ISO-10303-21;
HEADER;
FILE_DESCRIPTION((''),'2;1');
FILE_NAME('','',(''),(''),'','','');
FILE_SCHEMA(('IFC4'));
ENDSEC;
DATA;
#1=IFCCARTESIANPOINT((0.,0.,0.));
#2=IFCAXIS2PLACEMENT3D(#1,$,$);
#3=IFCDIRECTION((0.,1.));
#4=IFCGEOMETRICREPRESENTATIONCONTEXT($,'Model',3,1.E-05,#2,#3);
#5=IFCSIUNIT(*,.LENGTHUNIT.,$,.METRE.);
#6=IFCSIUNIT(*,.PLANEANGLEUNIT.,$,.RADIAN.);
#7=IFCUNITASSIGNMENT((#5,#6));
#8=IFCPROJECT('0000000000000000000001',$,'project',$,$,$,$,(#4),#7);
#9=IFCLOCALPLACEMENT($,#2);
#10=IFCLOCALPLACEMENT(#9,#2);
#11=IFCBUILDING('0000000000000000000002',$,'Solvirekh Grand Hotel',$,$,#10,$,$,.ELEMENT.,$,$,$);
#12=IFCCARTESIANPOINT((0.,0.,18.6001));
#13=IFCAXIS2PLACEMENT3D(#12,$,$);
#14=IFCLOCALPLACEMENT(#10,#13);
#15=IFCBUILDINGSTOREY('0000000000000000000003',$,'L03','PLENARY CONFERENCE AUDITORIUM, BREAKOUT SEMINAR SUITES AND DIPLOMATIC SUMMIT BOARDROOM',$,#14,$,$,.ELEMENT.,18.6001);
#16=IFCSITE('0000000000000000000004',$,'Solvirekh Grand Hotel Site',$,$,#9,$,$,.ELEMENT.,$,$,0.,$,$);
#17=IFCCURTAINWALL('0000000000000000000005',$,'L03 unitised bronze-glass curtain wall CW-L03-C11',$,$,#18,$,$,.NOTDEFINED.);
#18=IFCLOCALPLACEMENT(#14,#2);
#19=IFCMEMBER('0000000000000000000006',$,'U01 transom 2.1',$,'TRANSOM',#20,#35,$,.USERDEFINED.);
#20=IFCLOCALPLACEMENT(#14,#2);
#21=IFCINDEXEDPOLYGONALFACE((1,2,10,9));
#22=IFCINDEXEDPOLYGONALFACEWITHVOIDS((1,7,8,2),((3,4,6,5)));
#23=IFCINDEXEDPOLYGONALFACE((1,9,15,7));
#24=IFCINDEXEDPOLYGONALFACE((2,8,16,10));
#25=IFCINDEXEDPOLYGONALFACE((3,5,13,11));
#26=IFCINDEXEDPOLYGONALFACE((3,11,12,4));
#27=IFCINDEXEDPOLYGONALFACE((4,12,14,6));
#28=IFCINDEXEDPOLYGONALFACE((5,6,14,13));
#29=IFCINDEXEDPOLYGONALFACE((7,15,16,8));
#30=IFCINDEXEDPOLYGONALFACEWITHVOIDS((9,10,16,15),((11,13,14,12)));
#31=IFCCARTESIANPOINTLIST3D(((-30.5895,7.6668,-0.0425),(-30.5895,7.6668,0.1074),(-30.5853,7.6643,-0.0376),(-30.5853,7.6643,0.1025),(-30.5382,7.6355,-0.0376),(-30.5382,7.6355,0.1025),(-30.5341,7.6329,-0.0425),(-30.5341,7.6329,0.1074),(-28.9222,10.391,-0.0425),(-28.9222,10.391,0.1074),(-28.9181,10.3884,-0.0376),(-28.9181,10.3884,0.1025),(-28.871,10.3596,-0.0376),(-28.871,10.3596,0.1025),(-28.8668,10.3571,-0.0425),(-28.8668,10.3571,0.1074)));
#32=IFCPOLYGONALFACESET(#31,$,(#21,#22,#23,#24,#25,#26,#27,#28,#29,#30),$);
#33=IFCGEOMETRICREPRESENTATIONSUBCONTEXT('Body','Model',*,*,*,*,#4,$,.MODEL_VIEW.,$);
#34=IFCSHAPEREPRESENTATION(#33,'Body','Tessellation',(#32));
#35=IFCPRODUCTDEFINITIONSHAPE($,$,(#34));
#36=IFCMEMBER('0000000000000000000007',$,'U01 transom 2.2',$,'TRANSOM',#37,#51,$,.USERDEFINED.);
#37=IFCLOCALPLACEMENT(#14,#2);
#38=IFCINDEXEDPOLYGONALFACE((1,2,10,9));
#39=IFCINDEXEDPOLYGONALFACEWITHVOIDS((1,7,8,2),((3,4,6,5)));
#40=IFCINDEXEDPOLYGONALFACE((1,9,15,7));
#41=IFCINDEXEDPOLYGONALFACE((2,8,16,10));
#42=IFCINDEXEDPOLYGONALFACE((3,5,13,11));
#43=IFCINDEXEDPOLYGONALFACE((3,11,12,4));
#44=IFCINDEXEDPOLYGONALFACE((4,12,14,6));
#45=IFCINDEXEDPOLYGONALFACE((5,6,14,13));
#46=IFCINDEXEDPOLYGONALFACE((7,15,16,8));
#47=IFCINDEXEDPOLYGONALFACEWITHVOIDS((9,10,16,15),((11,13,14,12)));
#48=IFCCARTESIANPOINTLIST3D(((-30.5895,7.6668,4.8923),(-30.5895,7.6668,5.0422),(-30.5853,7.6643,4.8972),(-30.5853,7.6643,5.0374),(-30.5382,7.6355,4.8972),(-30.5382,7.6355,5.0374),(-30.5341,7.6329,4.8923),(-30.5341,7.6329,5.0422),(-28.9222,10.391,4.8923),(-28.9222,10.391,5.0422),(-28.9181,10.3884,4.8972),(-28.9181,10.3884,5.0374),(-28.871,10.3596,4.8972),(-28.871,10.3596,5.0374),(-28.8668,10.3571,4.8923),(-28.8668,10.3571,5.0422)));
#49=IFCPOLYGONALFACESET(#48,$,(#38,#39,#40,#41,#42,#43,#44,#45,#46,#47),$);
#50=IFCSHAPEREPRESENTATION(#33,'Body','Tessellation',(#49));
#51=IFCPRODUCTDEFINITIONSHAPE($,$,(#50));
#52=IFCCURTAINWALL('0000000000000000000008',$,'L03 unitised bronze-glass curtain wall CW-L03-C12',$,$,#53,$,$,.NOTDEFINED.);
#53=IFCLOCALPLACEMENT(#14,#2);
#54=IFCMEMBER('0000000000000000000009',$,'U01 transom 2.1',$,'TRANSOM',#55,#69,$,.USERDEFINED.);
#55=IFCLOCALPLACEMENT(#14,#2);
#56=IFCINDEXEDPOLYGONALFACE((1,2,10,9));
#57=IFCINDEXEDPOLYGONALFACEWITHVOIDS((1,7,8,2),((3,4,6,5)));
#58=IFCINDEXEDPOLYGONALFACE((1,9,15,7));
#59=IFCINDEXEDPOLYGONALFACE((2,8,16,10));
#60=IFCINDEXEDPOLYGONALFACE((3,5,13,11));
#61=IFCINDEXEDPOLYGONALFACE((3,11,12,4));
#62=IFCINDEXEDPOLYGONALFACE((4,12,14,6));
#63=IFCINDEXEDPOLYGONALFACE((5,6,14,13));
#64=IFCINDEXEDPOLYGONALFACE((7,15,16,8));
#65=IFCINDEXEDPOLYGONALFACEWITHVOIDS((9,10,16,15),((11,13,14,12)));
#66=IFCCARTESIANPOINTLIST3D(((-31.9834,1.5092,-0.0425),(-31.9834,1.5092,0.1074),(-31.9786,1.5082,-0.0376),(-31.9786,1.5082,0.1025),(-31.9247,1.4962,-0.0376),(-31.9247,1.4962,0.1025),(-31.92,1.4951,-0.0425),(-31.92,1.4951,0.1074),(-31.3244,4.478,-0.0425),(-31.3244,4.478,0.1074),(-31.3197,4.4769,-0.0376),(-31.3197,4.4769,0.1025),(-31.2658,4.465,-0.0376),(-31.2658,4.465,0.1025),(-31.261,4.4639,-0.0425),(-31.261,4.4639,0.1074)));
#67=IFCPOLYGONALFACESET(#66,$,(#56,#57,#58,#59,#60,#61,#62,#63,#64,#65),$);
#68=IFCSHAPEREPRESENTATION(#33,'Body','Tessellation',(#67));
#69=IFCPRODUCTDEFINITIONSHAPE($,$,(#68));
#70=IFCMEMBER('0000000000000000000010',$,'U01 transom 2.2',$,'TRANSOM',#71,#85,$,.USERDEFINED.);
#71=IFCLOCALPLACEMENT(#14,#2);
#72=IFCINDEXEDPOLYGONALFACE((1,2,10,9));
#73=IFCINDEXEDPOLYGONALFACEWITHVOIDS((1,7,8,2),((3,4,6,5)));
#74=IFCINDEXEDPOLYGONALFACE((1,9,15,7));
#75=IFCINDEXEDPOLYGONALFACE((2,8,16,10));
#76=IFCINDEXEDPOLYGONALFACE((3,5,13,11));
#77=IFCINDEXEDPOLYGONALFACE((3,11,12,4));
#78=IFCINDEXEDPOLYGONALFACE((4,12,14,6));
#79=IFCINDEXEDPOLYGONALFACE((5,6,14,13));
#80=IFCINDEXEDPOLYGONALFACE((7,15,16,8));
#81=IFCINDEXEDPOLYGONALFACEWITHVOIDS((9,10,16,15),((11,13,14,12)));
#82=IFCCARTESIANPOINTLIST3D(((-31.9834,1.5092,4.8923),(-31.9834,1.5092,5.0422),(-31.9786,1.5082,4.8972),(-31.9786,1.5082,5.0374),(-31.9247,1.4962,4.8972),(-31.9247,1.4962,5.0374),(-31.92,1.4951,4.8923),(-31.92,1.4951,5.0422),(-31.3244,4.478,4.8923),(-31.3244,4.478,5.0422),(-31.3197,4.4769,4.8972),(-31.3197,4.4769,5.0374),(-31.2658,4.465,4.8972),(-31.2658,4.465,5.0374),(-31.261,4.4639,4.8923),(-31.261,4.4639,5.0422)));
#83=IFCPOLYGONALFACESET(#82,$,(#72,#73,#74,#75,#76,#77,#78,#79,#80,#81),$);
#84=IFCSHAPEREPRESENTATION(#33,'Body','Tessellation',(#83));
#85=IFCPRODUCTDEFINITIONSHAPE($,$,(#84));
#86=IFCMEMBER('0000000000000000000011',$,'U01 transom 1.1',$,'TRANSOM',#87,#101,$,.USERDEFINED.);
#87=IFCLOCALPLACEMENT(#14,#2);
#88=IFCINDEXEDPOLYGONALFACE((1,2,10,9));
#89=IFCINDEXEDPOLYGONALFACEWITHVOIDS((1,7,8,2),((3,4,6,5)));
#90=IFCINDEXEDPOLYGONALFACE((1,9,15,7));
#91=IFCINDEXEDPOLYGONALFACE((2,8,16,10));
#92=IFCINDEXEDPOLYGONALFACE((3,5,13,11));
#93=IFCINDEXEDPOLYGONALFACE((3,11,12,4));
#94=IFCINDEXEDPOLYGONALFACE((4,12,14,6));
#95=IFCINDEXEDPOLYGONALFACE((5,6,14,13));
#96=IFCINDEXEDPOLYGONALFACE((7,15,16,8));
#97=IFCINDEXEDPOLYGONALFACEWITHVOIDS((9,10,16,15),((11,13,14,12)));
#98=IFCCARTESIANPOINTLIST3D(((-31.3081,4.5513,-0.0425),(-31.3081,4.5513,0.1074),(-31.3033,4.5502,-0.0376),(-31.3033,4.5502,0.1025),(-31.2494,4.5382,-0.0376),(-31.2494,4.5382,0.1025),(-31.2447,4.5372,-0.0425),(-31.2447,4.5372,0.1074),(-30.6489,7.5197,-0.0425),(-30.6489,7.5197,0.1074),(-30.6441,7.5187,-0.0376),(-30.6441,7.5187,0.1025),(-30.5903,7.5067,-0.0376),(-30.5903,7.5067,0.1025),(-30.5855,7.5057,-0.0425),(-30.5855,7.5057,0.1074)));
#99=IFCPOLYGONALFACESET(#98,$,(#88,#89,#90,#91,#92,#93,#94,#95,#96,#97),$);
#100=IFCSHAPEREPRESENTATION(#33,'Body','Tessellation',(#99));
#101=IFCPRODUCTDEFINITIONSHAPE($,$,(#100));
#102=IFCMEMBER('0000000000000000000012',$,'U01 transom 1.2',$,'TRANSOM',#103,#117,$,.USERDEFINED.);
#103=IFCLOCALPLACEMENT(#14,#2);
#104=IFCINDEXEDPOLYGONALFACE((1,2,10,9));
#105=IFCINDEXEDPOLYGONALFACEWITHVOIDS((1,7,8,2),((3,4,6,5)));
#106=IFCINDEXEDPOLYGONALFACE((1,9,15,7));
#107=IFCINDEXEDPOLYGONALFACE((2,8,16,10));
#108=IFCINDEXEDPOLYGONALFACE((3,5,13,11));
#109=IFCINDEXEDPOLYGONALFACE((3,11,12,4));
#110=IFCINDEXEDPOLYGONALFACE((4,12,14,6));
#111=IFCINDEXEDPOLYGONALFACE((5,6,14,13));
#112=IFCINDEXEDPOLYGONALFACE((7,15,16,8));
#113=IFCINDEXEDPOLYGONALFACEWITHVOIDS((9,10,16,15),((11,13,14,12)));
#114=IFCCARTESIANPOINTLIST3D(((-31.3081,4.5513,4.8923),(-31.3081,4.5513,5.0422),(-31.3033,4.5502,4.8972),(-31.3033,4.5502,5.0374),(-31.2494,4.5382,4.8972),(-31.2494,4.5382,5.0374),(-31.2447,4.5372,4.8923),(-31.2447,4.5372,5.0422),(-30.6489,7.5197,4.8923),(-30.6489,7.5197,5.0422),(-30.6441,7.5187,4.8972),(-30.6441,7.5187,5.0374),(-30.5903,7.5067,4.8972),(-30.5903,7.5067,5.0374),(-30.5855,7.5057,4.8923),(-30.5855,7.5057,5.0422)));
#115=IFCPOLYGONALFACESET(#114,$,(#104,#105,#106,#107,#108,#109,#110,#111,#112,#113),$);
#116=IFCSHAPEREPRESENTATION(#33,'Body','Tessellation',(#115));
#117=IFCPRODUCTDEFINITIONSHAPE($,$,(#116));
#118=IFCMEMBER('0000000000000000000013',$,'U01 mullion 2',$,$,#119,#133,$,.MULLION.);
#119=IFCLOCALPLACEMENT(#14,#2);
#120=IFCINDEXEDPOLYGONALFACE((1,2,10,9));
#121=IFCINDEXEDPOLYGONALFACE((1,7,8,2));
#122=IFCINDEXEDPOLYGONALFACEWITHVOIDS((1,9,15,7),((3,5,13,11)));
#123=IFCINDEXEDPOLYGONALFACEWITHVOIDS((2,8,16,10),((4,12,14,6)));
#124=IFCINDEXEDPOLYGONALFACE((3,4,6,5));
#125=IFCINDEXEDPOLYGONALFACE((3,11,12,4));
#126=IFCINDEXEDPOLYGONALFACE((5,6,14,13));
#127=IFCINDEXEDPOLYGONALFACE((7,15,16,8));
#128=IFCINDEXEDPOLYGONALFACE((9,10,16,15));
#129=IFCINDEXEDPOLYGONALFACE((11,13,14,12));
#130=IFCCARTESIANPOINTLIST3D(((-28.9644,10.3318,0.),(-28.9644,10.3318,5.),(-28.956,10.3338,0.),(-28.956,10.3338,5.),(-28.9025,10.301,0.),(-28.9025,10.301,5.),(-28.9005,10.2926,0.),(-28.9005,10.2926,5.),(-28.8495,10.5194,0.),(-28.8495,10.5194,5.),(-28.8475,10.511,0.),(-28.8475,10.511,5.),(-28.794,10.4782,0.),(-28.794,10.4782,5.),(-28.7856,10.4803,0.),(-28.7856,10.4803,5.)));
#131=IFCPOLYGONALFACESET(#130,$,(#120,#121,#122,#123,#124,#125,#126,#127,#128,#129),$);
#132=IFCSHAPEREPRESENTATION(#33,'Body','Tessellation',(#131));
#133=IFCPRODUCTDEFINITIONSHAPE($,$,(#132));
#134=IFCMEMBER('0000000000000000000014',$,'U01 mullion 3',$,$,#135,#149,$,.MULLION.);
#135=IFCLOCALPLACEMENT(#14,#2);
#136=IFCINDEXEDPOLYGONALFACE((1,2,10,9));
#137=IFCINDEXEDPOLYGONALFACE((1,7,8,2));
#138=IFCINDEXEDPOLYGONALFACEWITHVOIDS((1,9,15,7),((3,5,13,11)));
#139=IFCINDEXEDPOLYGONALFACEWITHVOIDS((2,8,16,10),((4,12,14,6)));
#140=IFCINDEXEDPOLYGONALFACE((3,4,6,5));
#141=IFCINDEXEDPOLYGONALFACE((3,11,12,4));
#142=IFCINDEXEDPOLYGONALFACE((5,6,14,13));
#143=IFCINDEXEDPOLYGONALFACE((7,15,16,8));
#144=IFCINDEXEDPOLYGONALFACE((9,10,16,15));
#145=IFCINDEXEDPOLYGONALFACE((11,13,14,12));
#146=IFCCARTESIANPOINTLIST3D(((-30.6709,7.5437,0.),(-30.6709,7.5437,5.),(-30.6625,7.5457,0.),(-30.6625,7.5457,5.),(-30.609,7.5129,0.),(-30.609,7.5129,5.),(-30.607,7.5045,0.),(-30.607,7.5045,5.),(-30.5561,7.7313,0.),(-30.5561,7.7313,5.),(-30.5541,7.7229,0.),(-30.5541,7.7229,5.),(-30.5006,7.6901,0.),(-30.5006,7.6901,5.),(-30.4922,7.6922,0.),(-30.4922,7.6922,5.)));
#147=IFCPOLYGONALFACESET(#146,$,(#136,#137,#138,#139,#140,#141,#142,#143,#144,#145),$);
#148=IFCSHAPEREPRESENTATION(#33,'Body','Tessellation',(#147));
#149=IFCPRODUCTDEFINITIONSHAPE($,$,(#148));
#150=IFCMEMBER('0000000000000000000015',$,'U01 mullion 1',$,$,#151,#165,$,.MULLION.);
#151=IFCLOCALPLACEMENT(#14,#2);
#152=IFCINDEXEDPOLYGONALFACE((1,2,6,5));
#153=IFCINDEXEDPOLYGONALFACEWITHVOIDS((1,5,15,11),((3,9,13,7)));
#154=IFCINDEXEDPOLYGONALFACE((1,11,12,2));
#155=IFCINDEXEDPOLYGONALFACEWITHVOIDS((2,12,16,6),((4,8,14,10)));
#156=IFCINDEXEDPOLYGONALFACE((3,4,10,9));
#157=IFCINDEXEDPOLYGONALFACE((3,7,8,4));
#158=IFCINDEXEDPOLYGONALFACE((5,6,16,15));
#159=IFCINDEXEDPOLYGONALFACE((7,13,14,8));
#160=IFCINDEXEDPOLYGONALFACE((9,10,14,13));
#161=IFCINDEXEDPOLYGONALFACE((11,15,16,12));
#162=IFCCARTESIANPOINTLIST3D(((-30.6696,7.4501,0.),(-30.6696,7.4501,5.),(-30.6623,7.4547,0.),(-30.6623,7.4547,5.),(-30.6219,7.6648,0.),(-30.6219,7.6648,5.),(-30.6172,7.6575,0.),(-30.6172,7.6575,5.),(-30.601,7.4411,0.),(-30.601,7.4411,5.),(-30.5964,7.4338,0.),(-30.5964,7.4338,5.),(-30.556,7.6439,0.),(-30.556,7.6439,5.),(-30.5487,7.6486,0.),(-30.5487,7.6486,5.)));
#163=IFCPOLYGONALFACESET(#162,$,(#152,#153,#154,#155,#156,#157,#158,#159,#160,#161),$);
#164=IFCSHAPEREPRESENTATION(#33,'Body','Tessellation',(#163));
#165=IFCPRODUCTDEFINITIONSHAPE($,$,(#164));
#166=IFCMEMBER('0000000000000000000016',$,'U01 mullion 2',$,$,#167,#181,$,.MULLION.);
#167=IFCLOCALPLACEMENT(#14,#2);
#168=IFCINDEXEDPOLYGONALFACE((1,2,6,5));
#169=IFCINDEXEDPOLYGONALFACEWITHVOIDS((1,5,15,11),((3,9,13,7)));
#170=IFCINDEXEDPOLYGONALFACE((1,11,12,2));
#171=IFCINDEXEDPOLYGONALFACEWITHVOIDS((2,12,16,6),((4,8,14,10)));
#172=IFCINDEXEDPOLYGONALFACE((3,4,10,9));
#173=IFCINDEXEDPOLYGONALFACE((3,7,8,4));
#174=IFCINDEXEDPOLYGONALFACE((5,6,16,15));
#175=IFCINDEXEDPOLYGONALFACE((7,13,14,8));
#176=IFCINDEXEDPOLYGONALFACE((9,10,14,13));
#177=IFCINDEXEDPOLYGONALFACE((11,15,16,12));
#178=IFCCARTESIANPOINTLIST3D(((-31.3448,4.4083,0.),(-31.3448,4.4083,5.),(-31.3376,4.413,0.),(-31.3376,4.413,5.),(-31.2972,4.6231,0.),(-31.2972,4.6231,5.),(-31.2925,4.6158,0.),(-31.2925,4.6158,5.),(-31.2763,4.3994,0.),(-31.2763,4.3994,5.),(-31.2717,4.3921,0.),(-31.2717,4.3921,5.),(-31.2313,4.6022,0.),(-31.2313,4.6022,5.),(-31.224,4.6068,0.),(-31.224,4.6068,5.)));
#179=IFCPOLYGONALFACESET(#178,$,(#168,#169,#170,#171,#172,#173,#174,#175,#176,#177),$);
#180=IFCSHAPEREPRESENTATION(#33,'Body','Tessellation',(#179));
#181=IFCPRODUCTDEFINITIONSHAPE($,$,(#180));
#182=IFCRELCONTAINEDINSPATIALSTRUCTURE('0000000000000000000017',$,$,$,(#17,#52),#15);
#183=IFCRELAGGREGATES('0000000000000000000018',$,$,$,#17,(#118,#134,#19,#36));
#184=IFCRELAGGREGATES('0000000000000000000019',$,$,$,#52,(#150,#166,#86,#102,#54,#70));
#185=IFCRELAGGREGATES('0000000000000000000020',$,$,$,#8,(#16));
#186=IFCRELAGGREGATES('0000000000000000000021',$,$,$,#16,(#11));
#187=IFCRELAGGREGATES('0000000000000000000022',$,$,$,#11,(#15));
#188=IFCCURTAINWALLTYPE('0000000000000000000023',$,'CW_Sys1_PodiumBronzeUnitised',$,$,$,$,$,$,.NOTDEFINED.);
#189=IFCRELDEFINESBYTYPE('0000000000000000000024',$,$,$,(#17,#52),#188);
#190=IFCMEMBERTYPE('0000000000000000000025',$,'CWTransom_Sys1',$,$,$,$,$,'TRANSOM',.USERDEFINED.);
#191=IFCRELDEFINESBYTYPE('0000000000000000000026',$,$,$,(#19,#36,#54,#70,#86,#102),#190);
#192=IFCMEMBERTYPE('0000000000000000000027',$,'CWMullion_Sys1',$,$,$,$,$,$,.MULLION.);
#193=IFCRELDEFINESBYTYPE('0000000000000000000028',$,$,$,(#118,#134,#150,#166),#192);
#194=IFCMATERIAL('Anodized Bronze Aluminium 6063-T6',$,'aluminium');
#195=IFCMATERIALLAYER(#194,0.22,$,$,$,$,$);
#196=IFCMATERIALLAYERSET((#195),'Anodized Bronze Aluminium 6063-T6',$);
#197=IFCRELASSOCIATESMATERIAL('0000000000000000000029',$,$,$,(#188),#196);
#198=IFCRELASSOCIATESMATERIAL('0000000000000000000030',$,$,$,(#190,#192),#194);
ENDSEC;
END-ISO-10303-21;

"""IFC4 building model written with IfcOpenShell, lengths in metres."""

from ifc_helpers import new_model, si_unit, direction, frame, origin, origin_2d, place, context, subcontext, project, spatial, hollow_rectangle, extrude, source, transform, mapped, material, layer, layer_set, material_profile, profile_set, type_object, element, aggregate, save


model = new_model("IFC4")

# Units and contexts
model_context = context("Model", 3, precision=1e-05, world=origin(), true_north=direction((0.0, 1.0)))
body_context = subcontext(model_context, "Body", "Model", "MODEL_VIEW")
ifc_project = project(units=[si_unit("LENGTHUNIT", "METRE"), si_unit("PLANEANGLEUNIT", "RADIAN")], contexts=[model_context])

# Site, building, storey
site_placement = place(None, origin())
site = spatial("IfcSite", under=ifc_project, at=site_placement, Name="Solvirekh Grand Hotel Site", CompositionType="ELEMENT", RefElevation=0.0)
building_placement = place(site_placement, origin())
building = spatial("IfcBuilding", under=site, at=building_placement, Name="Solvirekh Grand Hotel", CompositionType="ELEMENT")
storey_placement = place(building_placement, frame((0.0, 0.0, 18.6001)))
storey = spatial("IfcBuildingStorey", under=building, at=storey_placement, Name="L03", Description="PLENARY CONFERENCE AUDITORIUM, BREAKOUT SEMINAR SUITES AND DIPLOMATIC SUMMIT BOARDROOM", CompositionType="ELEMENT", Elevation=18.6001)

# Curtain walls, members
ifc_material_1 = material(Name="Anodized Bronze Aluminium 6063-T6", Category="aluminium")
ifc_layer_1 = layer(ifc_material_1, 0.22)
ifc_layer_set_1 = layer_set([ifc_layer_1], Name="Anodized Bronze Aluminium 6063-T6")
curtain_wall_type = type_object("IfcCurtainWallType", Name="CW_Sys1_PodiumBronzeUnitised", PredefinedType="NOTDEFINED", material=ifc_layer_set_1)
curtain_wall_1_placement = place(storey_placement, origin())
curtain_wall_1 = element("IfcCurtainWall", 1, at=curtain_wall_1_placement, inside=storey, type_object=curtain_wall_type, Name="L03 unitised bronze-glass curtain wall CW-L03-C11", PredefinedType="NOTDEFINED")
ifc_material_profile_1 = material_profile(ifc_material_1, hollow_rectangle(XDim=0.0649, YDim=0.1499, WallThickness=0.0049, at=origin_2d()), Name="ALU RHS 150X65X5")
ifc_profile_set_1 = profile_set([ifc_material_profile_1], Name="Anodized Bronze Aluminium 6063-T6")
member_type_1 = type_object("IfcMemberType", Name="CWTransom_Sys1", ElementType="TRANSOM", PredefinedType="USERDEFINED", material=ifc_profile_set_1)
shared_shape_1 = source(origin(), body_context, "Body", "SweptSolid", [
    extrude(hollow_rectangle(XDim=0.0649, YDim=0.1499, WallThickness=0.0049, at=origin_2d()), origin(), (0.0, 0.0, 1.0), 3.1938),
])
member_1_placement = place(storey_placement, frame((-28.8945, 10.374, 0.0325), z_axis=(-0.522019, -0.852934, 0.0), x_axis=(0.852934, -0.522019, 0.0)))
member_1 = element("IfcMember", 2, at=member_1_placement, type_object=member_type_1, Name="U01 transom 2.1", ObjectType="TRANSOM", PredefinedType="USERDEFINED", context=body_context, shape_type="MappedRepresentation", body=[
    mapped(shared_shape_1, transform((0.0, 0.0, 0.0), x_axis=(1.0, 0.0, 0.0), y_axis=(0.0, 1.0, 0.0), z_axis=(0.0, 0.0, 1.0), scale=1.0)),
])
member_2_placement = place(storey_placement, frame((-28.8945, 10.374, 4.9673), z_axis=(-0.522019, -0.852934, 0.0), x_axis=(0.852934, -0.522019, 0.0)))
member_2 = element("IfcMember", 3, at=member_2_placement, type_object=member_type_1, Name="U01 transom 2.2", ObjectType="TRANSOM", PredefinedType="USERDEFINED", context=body_context, shape_type="MappedRepresentation", body=[
    mapped(shared_shape_1, transform((0.0, 0.0, 0.0), x_axis=(1.0, 0.0, 0.0), y_axis=(0.0, 1.0, 0.0), z_axis=(0.0, 0.0, 1.0), scale=1.0)),
])
curtain_wall_2_placement = place(storey_placement, origin())
curtain_wall_2 = element("IfcCurtainWall", 4, at=curtain_wall_2_placement, inside=storey, type_object=curtain_wall_type, Name="L03 unitised bronze-glass curtain wall CW-L03-C12", PredefinedType="NOTDEFINED")
shared_shape_2 = source(origin(), body_context, "Body", "SweptSolid", [
    extrude(hollow_rectangle(XDim=0.0649, YDim=0.1499, WallThickness=0.0049, at=origin_2d()), origin(), (0.0, 0.0, 1.0), 3.041),
])
member_3_placement = place(storey_placement, frame((-31.2927, 4.4709, 0.0325), z_axis=(-0.216684, -0.976242, 0.0), x_axis=(0.976242, -0.216684, 0.0)))
member_3 = element("IfcMember", 5, at=member_3_placement, type_object=member_type_1, Name="U01 transom 2.1", ObjectType="TRANSOM", PredefinedType="USERDEFINED", context=body_context, shape_type="MappedRepresentation", body=[
    mapped(shared_shape_2, transform((0.0, 0.0, 0.0), x_axis=(1.0, 0.0, 0.0), y_axis=(0.0, 1.0, 0.0), z_axis=(0.0, 0.0, 1.0), scale=1.0)),
])
member_4_placement = place(storey_placement, frame((-31.2927, 4.4709, 4.9673), z_axis=(-0.216684, -0.976242, 0.0), x_axis=(0.976242, -0.216684, 0.0)))
member_4 = element("IfcMember", 6, at=member_4_placement, type_object=member_type_1, Name="U01 transom 2.2", ObjectType="TRANSOM", PredefinedType="USERDEFINED", context=body_context, shape_type="MappedRepresentation", body=[
    mapped(shared_shape_2, transform((0.0, 0.0, 0.0), x_axis=(1.0, 0.0, 0.0), y_axis=(0.0, 1.0, 0.0), z_axis=(0.0, 0.0, 1.0), scale=1.0)),
])
shared_shape_3 = source(origin(), body_context, "Body", "SweptSolid", [
    extrude(hollow_rectangle(XDim=0.0649, YDim=0.1499, WallThickness=0.0049, at=origin_2d()), origin(), (0.0, 0.0, 1.0), 3.0408),
])
member_5_placement = place(storey_placement, frame((-30.6172, 7.5127, 0.0325), z_axis=(-0.216777, -0.976221, 0.0), x_axis=(0.976221, -0.216777, 0.0)))
member_5 = element("IfcMember", 7, at=member_5_placement, type_object=member_type_1, Name="U01 transom 1.1", ObjectType="TRANSOM", PredefinedType="USERDEFINED", context=body_context, shape_type="MappedRepresentation", body=[
    mapped(shared_shape_3, transform((0.0, 0.0, 0.0), x_axis=(1.0, 0.0, 0.0), y_axis=(0.0, 1.0, 0.0), z_axis=(0.0, 0.0, 1.0), scale=1.0)),
])
member_6_placement = place(storey_placement, frame((-30.6172, 7.5127, 4.9673), z_axis=(-0.216777, -0.976221, 0.0), x_axis=(0.976221, -0.216777, 0.0)))
member_6 = element("IfcMember", 8, at=member_6_placement, type_object=member_type_1, Name="U01 transom 1.2", ObjectType="TRANSOM", PredefinedType="USERDEFINED", context=body_context, shape_type="MappedRepresentation", body=[
    mapped(shared_shape_3, transform((0.0, 0.0, 0.0), x_axis=(1.0, 0.0, 0.0), y_axis=(0.0, 1.0, 0.0), z_axis=(0.0, 0.0, 1.0), scale=1.0)),
])

# Members
ifc_material_profile_2 = material_profile(ifc_material_1, hollow_rectangle(XDim=0.075, YDim=0.22, WallThickness=0.0061, at=origin_2d()), Name="ALU RHS 220X75X6")
ifc_profile_set_2 = profile_set([ifc_material_profile_2], Name="Anodized Bronze Aluminium 6063-T6")
member_type_2 = type_object("IfcMemberType", Name="CWMullion_Sys1", PredefinedType="MULLION", material=ifc_profile_set_2)
shared_shape_4 = source(origin(), body_context, "Body", "SweptSolid", [
    extrude(hollow_rectangle(XDim=0.075, YDim=0.22, WallThickness=0.0061, at=origin_2d()), origin(), (0.0, 0.0, 1.0), 5.0),
])
member_7_placement = place(storey_placement, frame((-28.875, 10.406, 0.0), z_axis=(0.0, 0.0, 1.0), x_axis=(0.852923, -0.522037, 0.0)))
member_7 = element("IfcMember", 9, at=member_7_placement, type_object=member_type_2, Name="U01 mullion 2", PredefinedType="MULLION", context=body_context, shape_type="MappedRepresentation", body=[
    mapped(shared_shape_4, transform((0.0, 0.0, 0.0), x_axis=(1.0, 0.0, 0.0), y_axis=(0.0, 1.0, 0.0), z_axis=(0.0, 0.0, 1.0), scale=1.0)),
])
member_8_placement = place(storey_placement, frame((-30.5815, 7.6179, 0.0), z_axis=(0.0, 0.0, 1.0), x_axis=(0.852923, -0.522037, 0.0)))
member_8 = element("IfcMember", 10, at=member_8_placement, type_object=member_type_2, Name="U01 mullion 3", PredefinedType="MULLION", context=body_context, shape_type="MappedRepresentation", body=[
    mapped(shared_shape_4, transform((0.0, 0.0, 0.0), x_axis=(1.0, 0.0, 0.0), y_axis=(0.0, 1.0, 0.0), z_axis=(0.0, 0.0, 1.0), scale=1.0)),
])
member_9_placement = place(storey_placement, frame((-30.6091, 7.5493, 0.0), z_axis=(0.0, 0.0, 1.0), x_axis=(0.976228, -0.216746, 0.0)))
member_9 = element("IfcMember", 11, at=member_9_placement, type_object=member_type_2, Name="U01 mullion 1", PredefinedType="MULLION", context=body_context, shape_type="MappedRepresentation", body=[
    mapped(shared_shape_4, transform((0.0, 0.0, 0.0), x_axis=(1.0, 0.0, 0.0), y_axis=(0.0, 1.0, 0.0), z_axis=(0.0, 0.0, 1.0), scale=1.0)),
])
member_10_placement = place(storey_placement, frame((-31.2844, 4.5076, 0.0), z_axis=(0.0, 0.0, 1.0), x_axis=(0.976228, -0.216746, 0.0)))
member_10 = element("IfcMember", 12, at=member_10_placement, type_object=member_type_2, Name="U01 mullion 2", PredefinedType="MULLION", context=body_context, shape_type="MappedRepresentation", body=[
    mapped(shared_shape_4, transform((0.0, 0.0, 0.0), x_axis=(1.0, 0.0, 0.0), y_axis=(0.0, 1.0, 0.0), z_axis=(0.0, 0.0, 1.0), scale=1.0)),
])

aggregate(curtain_wall_1, [member_7, member_8, member_1, member_2])
aggregate(curtain_wall_2, [member_9, member_10, member_5, member_6, member_3, member_4])

save(model, "model.ifc")
